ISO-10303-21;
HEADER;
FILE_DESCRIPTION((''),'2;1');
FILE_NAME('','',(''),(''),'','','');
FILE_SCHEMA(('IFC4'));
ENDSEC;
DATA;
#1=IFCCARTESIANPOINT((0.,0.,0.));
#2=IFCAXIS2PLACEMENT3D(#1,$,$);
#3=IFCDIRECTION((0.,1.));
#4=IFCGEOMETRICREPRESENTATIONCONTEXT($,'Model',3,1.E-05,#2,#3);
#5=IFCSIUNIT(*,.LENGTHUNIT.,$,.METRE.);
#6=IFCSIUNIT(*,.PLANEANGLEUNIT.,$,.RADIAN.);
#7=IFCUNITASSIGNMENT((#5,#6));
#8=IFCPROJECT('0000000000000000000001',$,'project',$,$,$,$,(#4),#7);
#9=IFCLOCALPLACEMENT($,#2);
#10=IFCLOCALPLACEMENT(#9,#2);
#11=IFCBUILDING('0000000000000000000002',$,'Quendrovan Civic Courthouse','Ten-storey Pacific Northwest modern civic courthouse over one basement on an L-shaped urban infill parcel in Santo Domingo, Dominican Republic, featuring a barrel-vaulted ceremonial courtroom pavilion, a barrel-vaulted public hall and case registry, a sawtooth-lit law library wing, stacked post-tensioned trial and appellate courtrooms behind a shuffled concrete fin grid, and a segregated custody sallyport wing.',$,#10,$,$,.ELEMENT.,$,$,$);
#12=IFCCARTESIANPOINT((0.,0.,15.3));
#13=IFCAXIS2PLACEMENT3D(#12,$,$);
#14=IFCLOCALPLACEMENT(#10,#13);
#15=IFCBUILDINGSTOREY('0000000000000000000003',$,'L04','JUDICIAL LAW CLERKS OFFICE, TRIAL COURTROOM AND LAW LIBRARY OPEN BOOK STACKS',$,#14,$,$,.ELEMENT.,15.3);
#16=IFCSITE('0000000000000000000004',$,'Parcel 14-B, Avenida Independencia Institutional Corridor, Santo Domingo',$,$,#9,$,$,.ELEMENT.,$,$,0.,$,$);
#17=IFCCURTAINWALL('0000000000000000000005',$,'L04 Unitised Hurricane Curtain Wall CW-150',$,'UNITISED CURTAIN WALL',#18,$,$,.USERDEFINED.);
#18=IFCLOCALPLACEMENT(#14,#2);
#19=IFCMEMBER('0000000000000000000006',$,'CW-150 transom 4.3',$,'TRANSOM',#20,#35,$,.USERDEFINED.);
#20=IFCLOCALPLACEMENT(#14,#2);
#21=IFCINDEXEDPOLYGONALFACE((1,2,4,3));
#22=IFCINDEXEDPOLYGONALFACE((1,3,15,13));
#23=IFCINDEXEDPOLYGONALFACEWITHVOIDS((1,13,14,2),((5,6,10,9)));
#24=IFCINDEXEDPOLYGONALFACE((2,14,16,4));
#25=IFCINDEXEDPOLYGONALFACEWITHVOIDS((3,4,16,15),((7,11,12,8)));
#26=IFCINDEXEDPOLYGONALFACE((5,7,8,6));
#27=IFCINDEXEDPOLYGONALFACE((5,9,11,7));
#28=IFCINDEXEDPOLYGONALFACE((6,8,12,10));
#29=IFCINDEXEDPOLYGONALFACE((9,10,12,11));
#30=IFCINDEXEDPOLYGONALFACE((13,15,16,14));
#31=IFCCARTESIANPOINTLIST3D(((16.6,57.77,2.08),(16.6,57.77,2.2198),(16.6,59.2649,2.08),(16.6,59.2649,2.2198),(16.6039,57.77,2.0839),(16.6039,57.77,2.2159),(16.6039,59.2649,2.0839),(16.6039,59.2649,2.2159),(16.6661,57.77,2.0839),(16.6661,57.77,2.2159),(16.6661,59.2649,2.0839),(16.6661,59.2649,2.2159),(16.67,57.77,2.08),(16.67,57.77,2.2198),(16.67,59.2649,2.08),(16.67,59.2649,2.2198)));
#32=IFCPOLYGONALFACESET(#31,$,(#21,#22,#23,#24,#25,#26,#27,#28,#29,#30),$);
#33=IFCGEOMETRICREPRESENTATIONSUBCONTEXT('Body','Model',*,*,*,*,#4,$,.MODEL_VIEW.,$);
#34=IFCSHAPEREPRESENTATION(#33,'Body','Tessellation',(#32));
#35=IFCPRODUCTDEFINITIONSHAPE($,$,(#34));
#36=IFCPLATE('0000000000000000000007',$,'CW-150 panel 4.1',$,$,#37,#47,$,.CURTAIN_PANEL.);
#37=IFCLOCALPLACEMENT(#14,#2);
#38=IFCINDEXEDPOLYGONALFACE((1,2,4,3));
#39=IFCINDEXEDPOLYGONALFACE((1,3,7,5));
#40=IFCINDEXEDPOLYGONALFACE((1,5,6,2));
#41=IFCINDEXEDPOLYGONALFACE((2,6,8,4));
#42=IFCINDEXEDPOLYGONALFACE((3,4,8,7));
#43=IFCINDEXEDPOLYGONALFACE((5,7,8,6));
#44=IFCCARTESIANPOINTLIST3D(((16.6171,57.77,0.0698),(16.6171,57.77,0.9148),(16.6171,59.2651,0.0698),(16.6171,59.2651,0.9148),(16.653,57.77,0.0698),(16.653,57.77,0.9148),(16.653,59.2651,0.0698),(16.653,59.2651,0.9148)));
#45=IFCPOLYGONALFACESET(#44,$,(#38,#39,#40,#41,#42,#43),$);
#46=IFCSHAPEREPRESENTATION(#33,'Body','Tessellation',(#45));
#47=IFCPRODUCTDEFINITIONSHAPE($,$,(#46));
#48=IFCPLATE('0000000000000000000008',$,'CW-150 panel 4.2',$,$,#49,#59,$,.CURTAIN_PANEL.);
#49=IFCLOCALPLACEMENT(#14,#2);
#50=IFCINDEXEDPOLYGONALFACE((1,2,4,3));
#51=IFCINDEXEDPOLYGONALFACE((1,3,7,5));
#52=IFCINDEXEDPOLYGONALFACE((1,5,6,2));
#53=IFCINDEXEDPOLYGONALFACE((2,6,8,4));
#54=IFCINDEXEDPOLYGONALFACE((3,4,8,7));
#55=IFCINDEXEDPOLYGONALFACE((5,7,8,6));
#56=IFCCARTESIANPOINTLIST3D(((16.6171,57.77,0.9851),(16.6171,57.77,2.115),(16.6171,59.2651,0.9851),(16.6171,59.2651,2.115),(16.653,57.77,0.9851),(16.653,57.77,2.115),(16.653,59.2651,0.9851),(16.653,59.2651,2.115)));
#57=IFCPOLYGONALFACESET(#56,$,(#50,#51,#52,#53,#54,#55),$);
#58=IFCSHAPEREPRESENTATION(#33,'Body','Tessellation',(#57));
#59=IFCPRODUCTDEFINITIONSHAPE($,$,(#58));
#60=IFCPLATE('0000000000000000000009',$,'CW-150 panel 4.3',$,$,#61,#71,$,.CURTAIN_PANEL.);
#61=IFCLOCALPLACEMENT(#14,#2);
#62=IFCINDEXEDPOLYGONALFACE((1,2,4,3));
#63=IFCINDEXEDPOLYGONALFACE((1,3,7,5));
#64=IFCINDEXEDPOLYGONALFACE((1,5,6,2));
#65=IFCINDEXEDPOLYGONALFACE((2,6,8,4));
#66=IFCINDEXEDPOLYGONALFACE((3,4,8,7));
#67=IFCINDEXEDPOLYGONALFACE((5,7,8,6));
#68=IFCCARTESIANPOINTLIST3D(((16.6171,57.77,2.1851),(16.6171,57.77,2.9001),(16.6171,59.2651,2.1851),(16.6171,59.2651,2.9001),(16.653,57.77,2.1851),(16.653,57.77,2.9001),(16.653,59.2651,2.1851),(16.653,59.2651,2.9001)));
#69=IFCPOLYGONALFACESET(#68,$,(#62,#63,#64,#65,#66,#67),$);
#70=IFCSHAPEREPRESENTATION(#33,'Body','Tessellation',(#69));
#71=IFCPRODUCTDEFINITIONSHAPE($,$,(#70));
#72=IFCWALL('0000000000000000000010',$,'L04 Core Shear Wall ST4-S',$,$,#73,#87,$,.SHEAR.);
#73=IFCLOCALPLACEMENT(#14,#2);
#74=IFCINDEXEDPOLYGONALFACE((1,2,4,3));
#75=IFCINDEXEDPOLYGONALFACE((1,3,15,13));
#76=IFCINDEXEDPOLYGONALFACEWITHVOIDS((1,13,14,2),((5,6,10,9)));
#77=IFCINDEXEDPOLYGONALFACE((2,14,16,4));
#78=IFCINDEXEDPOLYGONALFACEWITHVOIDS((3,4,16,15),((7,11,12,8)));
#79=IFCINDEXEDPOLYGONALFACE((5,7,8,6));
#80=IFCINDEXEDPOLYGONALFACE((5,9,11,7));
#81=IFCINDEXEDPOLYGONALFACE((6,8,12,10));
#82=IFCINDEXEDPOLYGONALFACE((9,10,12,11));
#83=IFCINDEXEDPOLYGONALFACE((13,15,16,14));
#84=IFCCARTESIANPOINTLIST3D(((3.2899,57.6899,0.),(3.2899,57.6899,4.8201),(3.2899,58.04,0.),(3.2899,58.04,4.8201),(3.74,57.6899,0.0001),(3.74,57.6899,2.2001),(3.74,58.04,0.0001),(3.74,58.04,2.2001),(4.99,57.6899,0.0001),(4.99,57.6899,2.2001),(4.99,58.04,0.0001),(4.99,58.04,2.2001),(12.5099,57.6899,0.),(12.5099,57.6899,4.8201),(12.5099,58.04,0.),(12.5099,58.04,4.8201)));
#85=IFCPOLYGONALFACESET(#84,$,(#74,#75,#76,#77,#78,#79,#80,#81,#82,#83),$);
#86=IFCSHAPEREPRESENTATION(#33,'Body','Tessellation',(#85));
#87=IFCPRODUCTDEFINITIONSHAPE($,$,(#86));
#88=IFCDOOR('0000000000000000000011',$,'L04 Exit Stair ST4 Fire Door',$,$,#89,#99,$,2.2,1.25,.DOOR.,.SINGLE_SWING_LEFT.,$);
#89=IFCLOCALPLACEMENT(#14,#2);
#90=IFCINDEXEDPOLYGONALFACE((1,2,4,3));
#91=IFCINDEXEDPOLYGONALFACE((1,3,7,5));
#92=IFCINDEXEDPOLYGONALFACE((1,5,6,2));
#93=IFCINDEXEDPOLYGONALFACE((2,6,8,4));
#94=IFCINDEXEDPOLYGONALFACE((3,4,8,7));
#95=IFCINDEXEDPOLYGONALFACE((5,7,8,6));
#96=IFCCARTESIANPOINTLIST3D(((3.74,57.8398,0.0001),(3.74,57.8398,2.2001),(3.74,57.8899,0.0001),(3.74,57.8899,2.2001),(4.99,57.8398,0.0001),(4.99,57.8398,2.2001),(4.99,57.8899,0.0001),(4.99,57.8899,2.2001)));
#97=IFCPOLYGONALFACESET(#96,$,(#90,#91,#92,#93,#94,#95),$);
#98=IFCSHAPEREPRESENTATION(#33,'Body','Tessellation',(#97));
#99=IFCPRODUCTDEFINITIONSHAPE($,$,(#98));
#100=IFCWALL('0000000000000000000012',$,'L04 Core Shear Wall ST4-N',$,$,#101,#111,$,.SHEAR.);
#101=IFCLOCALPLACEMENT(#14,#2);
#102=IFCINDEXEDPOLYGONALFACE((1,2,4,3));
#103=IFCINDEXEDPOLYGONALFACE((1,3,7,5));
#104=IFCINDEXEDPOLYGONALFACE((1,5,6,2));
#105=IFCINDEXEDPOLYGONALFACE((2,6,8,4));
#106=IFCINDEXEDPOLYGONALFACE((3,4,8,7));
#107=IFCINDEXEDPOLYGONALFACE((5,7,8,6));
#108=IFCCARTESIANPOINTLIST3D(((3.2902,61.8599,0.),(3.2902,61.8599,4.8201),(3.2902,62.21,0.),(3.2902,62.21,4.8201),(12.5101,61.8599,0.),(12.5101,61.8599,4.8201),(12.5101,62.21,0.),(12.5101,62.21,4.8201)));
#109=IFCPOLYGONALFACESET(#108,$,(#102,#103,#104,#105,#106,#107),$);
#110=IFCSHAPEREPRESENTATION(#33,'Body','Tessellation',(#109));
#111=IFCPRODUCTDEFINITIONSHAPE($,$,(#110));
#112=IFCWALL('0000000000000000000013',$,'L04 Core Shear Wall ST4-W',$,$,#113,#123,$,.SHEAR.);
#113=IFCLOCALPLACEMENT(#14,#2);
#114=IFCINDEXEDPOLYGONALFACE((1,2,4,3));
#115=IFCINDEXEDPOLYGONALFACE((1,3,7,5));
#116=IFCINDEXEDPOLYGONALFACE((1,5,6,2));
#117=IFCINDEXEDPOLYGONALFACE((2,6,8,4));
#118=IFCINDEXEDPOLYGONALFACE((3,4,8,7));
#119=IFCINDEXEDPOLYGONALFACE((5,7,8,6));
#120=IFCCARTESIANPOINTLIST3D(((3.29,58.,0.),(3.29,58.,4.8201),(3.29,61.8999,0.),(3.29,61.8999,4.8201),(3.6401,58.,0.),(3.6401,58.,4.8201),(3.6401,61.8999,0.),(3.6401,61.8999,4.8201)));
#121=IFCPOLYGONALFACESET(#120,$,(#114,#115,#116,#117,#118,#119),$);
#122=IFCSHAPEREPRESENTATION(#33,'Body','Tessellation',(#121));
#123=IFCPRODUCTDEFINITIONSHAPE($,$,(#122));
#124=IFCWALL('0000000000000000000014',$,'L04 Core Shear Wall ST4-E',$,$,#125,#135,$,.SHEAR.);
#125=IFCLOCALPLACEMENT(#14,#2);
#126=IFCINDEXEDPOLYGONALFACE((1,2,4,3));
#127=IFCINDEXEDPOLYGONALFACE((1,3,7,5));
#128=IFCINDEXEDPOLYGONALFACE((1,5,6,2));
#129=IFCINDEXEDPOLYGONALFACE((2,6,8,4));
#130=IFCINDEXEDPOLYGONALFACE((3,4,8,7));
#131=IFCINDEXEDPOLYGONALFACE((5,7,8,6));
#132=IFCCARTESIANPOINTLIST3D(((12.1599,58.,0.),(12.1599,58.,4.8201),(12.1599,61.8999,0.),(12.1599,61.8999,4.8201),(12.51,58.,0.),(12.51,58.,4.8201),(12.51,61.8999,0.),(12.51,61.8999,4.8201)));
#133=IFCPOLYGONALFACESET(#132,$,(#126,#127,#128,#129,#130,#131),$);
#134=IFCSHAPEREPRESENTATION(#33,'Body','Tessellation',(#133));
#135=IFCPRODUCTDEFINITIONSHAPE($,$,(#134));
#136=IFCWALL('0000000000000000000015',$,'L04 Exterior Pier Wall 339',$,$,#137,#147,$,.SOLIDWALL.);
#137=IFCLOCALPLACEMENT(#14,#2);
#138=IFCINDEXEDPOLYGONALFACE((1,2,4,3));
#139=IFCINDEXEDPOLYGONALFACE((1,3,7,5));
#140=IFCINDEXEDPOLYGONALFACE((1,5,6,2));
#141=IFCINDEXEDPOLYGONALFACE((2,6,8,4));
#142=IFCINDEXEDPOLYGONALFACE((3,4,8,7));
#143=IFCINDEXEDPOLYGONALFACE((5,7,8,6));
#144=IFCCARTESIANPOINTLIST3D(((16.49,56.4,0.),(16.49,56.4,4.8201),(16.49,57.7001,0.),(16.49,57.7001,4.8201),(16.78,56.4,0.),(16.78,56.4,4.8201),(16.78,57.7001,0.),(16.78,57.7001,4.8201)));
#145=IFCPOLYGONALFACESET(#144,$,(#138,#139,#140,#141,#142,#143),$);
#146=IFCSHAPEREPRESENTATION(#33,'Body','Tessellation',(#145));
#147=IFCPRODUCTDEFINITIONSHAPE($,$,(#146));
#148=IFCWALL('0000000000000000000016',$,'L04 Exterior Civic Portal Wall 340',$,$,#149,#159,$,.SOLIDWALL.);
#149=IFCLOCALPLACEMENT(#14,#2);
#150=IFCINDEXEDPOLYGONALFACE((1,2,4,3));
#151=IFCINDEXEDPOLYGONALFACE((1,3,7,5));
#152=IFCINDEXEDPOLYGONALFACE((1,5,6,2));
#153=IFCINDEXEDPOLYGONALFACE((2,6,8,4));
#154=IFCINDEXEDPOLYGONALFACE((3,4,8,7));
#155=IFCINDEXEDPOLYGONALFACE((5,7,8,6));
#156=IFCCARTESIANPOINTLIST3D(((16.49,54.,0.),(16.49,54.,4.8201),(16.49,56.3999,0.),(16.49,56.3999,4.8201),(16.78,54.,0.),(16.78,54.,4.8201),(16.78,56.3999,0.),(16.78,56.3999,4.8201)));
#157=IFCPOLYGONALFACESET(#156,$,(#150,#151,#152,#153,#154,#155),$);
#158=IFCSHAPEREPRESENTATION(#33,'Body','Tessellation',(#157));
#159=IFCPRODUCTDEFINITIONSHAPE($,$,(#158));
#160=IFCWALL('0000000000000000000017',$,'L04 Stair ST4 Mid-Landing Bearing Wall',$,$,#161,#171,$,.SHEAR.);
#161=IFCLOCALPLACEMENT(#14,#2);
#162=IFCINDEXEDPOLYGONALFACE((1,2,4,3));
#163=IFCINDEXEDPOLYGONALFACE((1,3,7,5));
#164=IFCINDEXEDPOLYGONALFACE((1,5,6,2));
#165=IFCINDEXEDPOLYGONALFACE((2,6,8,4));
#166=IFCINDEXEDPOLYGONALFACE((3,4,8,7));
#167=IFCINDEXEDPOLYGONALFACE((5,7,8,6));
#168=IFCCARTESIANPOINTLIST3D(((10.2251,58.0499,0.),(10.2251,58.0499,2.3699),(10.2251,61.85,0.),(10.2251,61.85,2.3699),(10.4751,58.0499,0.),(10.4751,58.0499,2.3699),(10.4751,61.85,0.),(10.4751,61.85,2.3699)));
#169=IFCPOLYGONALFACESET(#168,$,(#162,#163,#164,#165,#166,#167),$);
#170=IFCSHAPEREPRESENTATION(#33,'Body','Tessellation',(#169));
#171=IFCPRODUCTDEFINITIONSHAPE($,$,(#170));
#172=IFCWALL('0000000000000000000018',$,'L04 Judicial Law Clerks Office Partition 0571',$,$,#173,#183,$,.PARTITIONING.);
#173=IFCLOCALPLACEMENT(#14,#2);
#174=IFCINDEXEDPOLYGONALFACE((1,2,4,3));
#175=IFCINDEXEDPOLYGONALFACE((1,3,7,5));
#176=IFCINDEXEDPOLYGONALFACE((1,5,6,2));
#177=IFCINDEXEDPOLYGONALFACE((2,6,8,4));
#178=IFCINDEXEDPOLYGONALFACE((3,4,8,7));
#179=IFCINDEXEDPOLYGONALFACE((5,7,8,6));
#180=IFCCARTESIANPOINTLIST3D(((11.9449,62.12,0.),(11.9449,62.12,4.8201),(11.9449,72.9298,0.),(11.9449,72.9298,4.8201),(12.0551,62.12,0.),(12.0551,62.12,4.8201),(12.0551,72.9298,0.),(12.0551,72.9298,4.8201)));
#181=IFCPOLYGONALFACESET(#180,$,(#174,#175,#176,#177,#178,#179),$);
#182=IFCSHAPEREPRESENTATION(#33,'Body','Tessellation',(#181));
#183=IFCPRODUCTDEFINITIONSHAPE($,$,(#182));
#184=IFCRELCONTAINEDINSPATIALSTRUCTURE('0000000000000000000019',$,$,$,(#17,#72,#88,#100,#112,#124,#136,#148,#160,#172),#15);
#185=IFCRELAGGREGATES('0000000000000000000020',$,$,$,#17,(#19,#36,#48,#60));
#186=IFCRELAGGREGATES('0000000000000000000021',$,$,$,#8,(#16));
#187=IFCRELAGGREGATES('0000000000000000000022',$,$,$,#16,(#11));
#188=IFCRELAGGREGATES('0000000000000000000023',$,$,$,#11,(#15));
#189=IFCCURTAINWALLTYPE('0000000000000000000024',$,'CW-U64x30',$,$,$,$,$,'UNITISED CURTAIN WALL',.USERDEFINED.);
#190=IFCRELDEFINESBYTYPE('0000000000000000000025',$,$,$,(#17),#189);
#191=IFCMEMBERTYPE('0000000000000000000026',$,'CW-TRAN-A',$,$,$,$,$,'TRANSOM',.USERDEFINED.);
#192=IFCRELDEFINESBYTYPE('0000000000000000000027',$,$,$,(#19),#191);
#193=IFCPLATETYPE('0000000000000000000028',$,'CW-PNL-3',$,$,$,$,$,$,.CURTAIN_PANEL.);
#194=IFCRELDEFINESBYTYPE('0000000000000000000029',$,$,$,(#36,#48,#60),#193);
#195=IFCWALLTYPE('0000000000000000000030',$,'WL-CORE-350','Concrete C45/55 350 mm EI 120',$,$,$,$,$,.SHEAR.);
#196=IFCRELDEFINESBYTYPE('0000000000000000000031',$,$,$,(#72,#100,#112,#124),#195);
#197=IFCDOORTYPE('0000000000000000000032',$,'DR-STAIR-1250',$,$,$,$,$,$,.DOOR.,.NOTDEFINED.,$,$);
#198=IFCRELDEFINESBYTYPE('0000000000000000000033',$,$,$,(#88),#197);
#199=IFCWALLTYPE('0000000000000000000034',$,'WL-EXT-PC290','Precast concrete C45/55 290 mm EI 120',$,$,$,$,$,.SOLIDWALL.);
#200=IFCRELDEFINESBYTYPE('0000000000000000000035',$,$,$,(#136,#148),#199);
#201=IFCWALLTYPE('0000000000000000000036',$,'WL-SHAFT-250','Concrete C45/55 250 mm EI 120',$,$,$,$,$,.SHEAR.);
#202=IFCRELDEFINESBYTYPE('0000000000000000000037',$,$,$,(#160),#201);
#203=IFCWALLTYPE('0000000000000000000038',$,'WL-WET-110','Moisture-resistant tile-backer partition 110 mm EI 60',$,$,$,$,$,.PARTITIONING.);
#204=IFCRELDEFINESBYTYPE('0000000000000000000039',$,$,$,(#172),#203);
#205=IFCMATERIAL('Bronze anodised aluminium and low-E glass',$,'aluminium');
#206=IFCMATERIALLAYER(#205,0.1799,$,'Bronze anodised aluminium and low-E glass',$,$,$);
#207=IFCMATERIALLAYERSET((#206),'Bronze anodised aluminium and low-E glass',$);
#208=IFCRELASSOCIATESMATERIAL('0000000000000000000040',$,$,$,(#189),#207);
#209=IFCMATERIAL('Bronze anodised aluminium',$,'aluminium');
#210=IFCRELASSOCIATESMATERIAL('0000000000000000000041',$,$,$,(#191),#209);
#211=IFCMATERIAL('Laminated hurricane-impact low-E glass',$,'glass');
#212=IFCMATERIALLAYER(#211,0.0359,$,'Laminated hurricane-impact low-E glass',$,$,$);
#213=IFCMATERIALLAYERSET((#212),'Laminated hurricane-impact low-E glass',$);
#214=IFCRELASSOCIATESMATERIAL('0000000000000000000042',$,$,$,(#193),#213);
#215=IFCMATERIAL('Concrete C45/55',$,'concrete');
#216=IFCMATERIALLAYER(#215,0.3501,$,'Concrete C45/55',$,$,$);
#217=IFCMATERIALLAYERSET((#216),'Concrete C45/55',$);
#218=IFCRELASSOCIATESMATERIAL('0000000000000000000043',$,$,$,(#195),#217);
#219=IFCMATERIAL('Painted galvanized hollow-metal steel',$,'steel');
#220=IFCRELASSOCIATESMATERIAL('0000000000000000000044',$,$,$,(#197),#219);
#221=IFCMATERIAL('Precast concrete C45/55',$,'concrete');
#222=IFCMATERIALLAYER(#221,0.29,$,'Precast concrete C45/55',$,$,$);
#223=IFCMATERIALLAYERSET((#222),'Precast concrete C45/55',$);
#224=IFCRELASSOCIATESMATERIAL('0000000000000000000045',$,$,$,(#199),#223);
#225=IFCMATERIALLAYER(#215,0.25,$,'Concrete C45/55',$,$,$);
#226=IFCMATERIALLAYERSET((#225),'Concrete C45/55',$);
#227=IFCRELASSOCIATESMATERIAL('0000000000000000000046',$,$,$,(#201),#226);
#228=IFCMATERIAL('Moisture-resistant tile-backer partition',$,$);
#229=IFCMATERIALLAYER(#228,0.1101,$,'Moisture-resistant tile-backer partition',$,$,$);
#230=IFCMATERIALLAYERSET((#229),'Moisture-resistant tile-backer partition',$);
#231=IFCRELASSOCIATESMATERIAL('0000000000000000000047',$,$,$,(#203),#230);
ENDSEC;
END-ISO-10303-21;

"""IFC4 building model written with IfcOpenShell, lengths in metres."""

from ifc_helpers import new_model, si_unit, direction, frame, frame_2d, origin, origin_2d, place, context, subcontext, project, spatial, rectangle, hollow_rectangle, extrude, material, layer, layer_set, material_profile, profile_set, type_object, element, fill, aggregate, save


model = new_model("IFC4")

# Units and contexts
model_context = context("Model", 3, precision=1e-05, world=origin(), true_north=direction((0.0, 1.0)))
body_context = subcontext(model_context, "Body", "Model", "MODEL_VIEW")
ifc_project = project(units=[si_unit("LENGTHUNIT", "METRE"), si_unit("PLANEANGLEUNIT", "RADIAN")], contexts=[model_context])

# Site, building, storey
site_placement = place(None, origin())
site = spatial("IfcSite", under=ifc_project, at=site_placement, Name="Parcel 14-B, Avenida Independencia Institutional Corridor, Santo Domingo", CompositionType="ELEMENT", RefElevation=0.0)
building_placement = place(site_placement, origin())
building = spatial("IfcBuilding", under=site, at=building_placement, Name="Quendrovan Civic Courthouse", Description="Ten-storey Pacific Northwest modern civic courthouse over one basement on an L-shaped urban infill parcel in Santo Domingo, Dominican Republic, featuring a barrel-vaulted ceremonial courtroom pavilion, a barrel-vaulted public hall and case registry, a sawtooth-lit law library wing, stacked post-tensioned trial and appellate courtrooms behind a shuffled concrete fin grid, and a segregated custody sallyport wing.", CompositionType="ELEMENT")
storey_placement = place(building_placement, frame((0.0, 0.0, 15.3)))
storey = spatial("IfcBuildingStorey", under=building, at=storey_placement, Name="L04", Description="JUDICIAL LAW CLERKS OFFICE, TRIAL COURTROOM AND LAW LIBRARY OPEN BOOK STACKS", CompositionType="ELEMENT", Elevation=15.3)

# Shared definitions
ifc_material_1 = material(Name="Concrete C45/55", Category="concrete")

# Curtain wall, member, plates
ifc_material_2 = material(Name="Bronze anodised aluminium and low-E glass", Category="aluminium")
ifc_layer_1 = layer(ifc_material_2, 0.1799, Name="Bronze anodised aluminium and low-E glass")
ifc_layer_set_1 = layer_set([ifc_layer_1], Name="Bronze anodised aluminium and low-E glass")
curtain_wall_type = type_object("IfcCurtainWallType", Name="CW-U64x30", ElementType="UNITISED CURTAIN WALL", PredefinedType="USERDEFINED", material=ifc_layer_set_1)
curtain_wall_placement = place(storey_placement, origin())
curtain_wall = element("IfcCurtainWall", 1, at=curtain_wall_placement, inside=storey, type_object=curtain_wall_type, Name="L04 Unitised Hurricane Curtain Wall CW-150", ObjectType="UNITISED CURTAIN WALL", PredefinedType="USERDEFINED")
ifc_material_3 = material(Name="Bronze anodised aluminium", Category="aluminium")
ifc_material_profile_1 = material_profile(ifc_material_3, hollow_rectangle(XDim=0.0701, YDim=0.1399, WallThickness=0.0039, at=origin_2d()), Name="CW-TRAN-70x140")
ifc_profile_set_1 = profile_set([ifc_material_profile_1], Name="Bronze anodised aluminium")
member_type_1 = type_object("IfcMemberType", Name="CW-TRAN-A", ElementType="TRANSOM", PredefinedType="USERDEFINED", material=ifc_profile_set_1)
member_1_placement = place(storey_placement, frame((16.635, 59.2649, 2.1499), z_axis=(0.0, -1.0, 0.0), x_axis=(1.0, 0.0, 0.0)))
member_1 = element("IfcMember", 2, at=member_1_placement, type_object=member_type_1, Name="CW-150 transom 4.3", ObjectType="TRANSOM", PredefinedType="USERDEFINED", context=body_context, shape_type="SweptSolid", body=[
    extrude(hollow_rectangle(XDim=0.0701, YDim=0.1399, WallThickness=0.0039, at=origin_2d()), origin(), (0.0, 0.0, 1.0), 1.4949),
])
ifc_material_4 = material(Name="Laminated hurricane-impact low-E glass", Category="glass")
ifc_layer_2 = layer(ifc_material_4, 0.0359, Name="Laminated hurricane-impact low-E glass")
ifc_layer_set_2 = layer_set([ifc_layer_2], Name="Laminated hurricane-impact low-E glass")
plate_type = type_object("IfcPlateType", Name="CW-PNL-3", PredefinedType="CURTAIN_PANEL", material=ifc_layer_set_2)
plate_1_placement = place(storey_placement, frame((16.635, 58.5176, 0.0698), z_axis=(0.0, 0.0, 1.0), x_axis=(0.0, -1.0, 0.0)))
plate_1 = element("IfcPlate", 3, at=plate_1_placement, type_object=plate_type, Name="CW-150 panel 4.1", PredefinedType="CURTAIN_PANEL", context=body_context, shape_type="SweptSolid", body=[
    extrude(rectangle(XDim=1.4951, YDim=0.0359, at=origin_2d()), origin(), (0.0, 0.0, 1.0), 0.845),
])
plate_2_placement = place(storey_placement, frame((16.635, 58.5176, 0.9851), z_axis=(0.0, 0.0, 1.0), x_axis=(0.0, -1.0, 0.0)))
plate_2 = element("IfcPlate", 4, at=plate_2_placement, type_object=plate_type, Name="CW-150 panel 4.2", PredefinedType="CURTAIN_PANEL", context=body_context, shape_type="SweptSolid", body=[
    extrude(rectangle(XDim=1.4951, YDim=0.0359, at=origin_2d()), origin(), (0.0, 0.0, 1.0), 1.1299),
])
plate_3_placement = place(storey_placement, frame((16.635, 58.5176, 2.1851), z_axis=(0.0, 0.0, 1.0), x_axis=(0.0, -1.0, 0.0)))
plate_3 = element("IfcPlate", 5, at=plate_3_placement, type_object=plate_type, Name="CW-150 panel 4.3", PredefinedType="CURTAIN_PANEL", context=body_context, shape_type="SweptSolid", body=[
    extrude(rectangle(XDim=1.4951, YDim=0.0359, at=origin_2d()), origin(), (0.0, 0.0, 1.0), 0.7151),
])
aggregate(curtain_wall, [member_1, plate_1, plate_2, plate_3])

# Wall, opening, door
ifc_layer_3 = layer(ifc_material_1, 0.3501, Name="Concrete C45/55")
ifc_layer_set_3 = layer_set([ifc_layer_3], Name="Concrete C45/55")
wall_type_1 = type_object("IfcWallType", Name="WL-CORE-350", Description="Concrete C45/55 350 mm EI 120", PredefinedType="SHEAR", material=ifc_layer_set_3)
wall_1_placement = place(storey_placement, frame((3.29, 57.865, 0.0), z_axis=(0.0, 0.0, 1.0), x_axis=(1.0, 0.0, 0.0)))
wall_1 = element("IfcWall", 6, at=wall_1_placement, inside=storey, type_object=wall_type_1, Name="L04 Core Shear Wall ST4-S", PredefinedType="SHEAR", context=body_context, shape_type="SweptSolid", body=[
    extrude(rectangle(XDim=9.22, YDim=0.3501, at=frame_2d((4.6099, 0.0))), origin(), (0.0, 0.0, 1.0), 4.8201),
])
opening_placement = place(wall_1_placement, frame((0.45, 0.0, 0.0)))
opening = element("IfcOpeningElement", 7, at=opening_placement, cuts=wall_1, PredefinedType="OPENING", context=body_context, shape_type="SweptSolid", body=[
    extrude(rectangle(XDim=1.25, YDim=2.2, at=frame_2d((0.625, 1.1001))), frame((0.0, 0.1851, 0.0), z_axis=(0.0, -1.0, 0.0), x_axis=(1.0, 0.0, 0.0)), (0.0, 0.0, 1.0), 0.3701),
])
ifc_material_5 = material(Name="Painted galvanized hollow-metal steel", Category="steel")
door_type = type_object("IfcDoorType", Name="DR-STAIR-1250", OperationType="NOTDEFINED", PredefinedType="DOOR", material=ifc_material_5)
door_placement = place(opening_placement, origin())
door = element("IfcDoor", 8, at=door_placement, inside=storey, type_object=door_type, Name="L04 Exit Stair ST4 Fire Door", OperationType="SINGLE_SWING_LEFT", OverallHeight=2.2, OverallWidth=1.25, PredefinedType="DOOR", context=body_context, shape_type="SweptSolid", body=[
    extrude(rectangle(XDim=1.25, YDim=2.2, at=frame_2d((0.625, 1.1001))), frame((0.0, 0.0249, 0.0), z_axis=(0.0, -1.0, 0.0), x_axis=(1.0, 0.0, 0.0)), (0.0, 0.0, 1.0), 0.05),
])
fill(opening, door)

# Walls
wall_2_placement = place(storey_placement, frame((12.51, 62.0349, 0.0), z_axis=(0.0, 0.0, 1.0), x_axis=(-1.0, 0.0, 0.0)))
element("IfcWall", 9, at=wall_2_placement, inside=storey, type_object=wall_type_1, Name="L04 Core Shear Wall ST4-N", PredefinedType="SHEAR", context=body_context, shape_type="SweptSolid", body=[
    extrude(rectangle(XDim=9.22, YDim=0.3501, at=frame_2d((4.6099, 0.0))), origin(), (0.0, 0.0, 1.0), 4.8201),
])
for number, where, z_axis, x_axis, name in (
    (10, (3.4651, 58.0, 0.0), (0.0, 0.0, 1.0), (0.0, 1.0, 0.0), "L04 Core Shear Wall ST4-W"),
    (11, (12.335, 61.8999, 0.0), (0.0, 0.0, 1.0), (0.0, -1.0, 0.0), "L04 Core Shear Wall ST4-E"),
):
    element("IfcWall", number, at=place(storey_placement, frame(where, z_axis=z_axis, x_axis=x_axis)), inside=storey, type_object=wall_type_1, Name=name, PredefinedType="SHEAR", context=body_context, shape_type="SweptSolid", body=[
        extrude(rectangle(XDim=3.8999, YDim=0.3501, at=frame_2d((1.95, 0.0))), origin(), (0.0, 0.0, 1.0), 4.8201),
    ])
ifc_material_6 = material(Name="Precast concrete C45/55", Category="concrete")
ifc_layer_4 = layer(ifc_material_6, 0.29, Name="Precast concrete C45/55")
ifc_layer_set_4 = layer_set([ifc_layer_4], Name="Precast concrete C45/55")
wall_type_2 = type_object("IfcWallType", Name="WL-EXT-PC290", Description="Precast concrete C45/55 290 mm EI 120", PredefinedType="SOLIDWALL", material=ifc_layer_set_4)
wall_3_placement = place(storey_placement, frame((16.635, 57.7, 0.0), z_axis=(0.0, 0.0, 1.0), x_axis=(0.0, -1.0, 0.0)))
element("IfcWall", 12, at=wall_3_placement, inside=storey, type_object=wall_type_2, Name="L04 Exterior Pier Wall 339", PredefinedType="SOLIDWALL", context=body_context, shape_type="SweptSolid", body=[
    extrude(rectangle(XDim=1.3, YDim=0.29, at=frame_2d((0.6499, 0.0))), origin(), (0.0, 0.0, 1.0), 4.8201),
])
wall_4_placement = place(storey_placement, frame((16.635, 56.3999, 0.0), z_axis=(0.0, 0.0, 1.0), x_axis=(0.0, -1.0, 0.0)))
element("IfcWall", 13, at=wall_4_placement, inside=storey, type_object=wall_type_2, Name="L04 Exterior Civic Portal Wall 340", PredefinedType="SOLIDWALL", context=body_context, shape_type="SweptSolid", body=[
    extrude(rectangle(XDim=2.3999, YDim=0.29, at=frame_2d((1.2, 0.0))), origin(), (0.0, 0.0, 1.0), 4.8201),
])
ifc_layer_5 = layer(ifc_material_1, 0.25, Name="Concrete C45/55")
ifc_layer_set_5 = layer_set([ifc_layer_5], Name="Concrete C45/55")
wall_type_3 = type_object("IfcWallType", Name="WL-SHAFT-250", Description="Concrete C45/55 250 mm EI 120", PredefinedType="SHEAR", material=ifc_layer_set_5)
wall_5_placement = place(storey_placement, frame((10.3501, 58.05, 0.0), z_axis=(0.0, 0.0, 1.0), x_axis=(0.0, 1.0, 0.0)))
element("IfcWall", 14, at=wall_5_placement, inside=storey, type_object=wall_type_3, Name="L04 Stair ST4 Mid-Landing Bearing Wall", PredefinedType="SHEAR", context=body_context, shape_type="SweptSolid", body=[
    extrude(rectangle(XDim=3.8, YDim=0.25, at=frame_2d((1.8999, 0.0))), origin(), (0.0, 0.0, 1.0), 2.3699),
])
ifc_material_7 = material(Name="Moisture-resistant tile-backer partition")
ifc_layer_6 = layer(ifc_material_7, 0.1101, Name="Moisture-resistant tile-backer partition")
ifc_layer_set_6 = layer_set([ifc_layer_6], Name="Moisture-resistant tile-backer partition")
wall_type_4 = type_object("IfcWallType", Name="WL-WET-110", Description="Moisture-resistant tile-backer partition 110 mm EI 60", PredefinedType="PARTITIONING", material=ifc_layer_set_6)
wall_6_placement = place(storey_placement, frame((12.0, 62.1201, 0.0), z_axis=(0.0, 0.0, 1.0), x_axis=(0.0, 1.0, 0.0)))
element("IfcWall", 15, at=wall_6_placement, inside=storey, type_object=wall_type_4, Name="L04 Judicial Law Clerks Office Partition 0571", PredefinedType="PARTITIONING", context=body_context, shape_type="SweptSolid", body=[
    extrude(rectangle(XDim=10.8098, YDim=0.1101, at=frame_2d((5.4048, 0.0))), origin(), (0.0, 0.0, 1.0), 4.8201),
])

save(model, "model.ifc")
